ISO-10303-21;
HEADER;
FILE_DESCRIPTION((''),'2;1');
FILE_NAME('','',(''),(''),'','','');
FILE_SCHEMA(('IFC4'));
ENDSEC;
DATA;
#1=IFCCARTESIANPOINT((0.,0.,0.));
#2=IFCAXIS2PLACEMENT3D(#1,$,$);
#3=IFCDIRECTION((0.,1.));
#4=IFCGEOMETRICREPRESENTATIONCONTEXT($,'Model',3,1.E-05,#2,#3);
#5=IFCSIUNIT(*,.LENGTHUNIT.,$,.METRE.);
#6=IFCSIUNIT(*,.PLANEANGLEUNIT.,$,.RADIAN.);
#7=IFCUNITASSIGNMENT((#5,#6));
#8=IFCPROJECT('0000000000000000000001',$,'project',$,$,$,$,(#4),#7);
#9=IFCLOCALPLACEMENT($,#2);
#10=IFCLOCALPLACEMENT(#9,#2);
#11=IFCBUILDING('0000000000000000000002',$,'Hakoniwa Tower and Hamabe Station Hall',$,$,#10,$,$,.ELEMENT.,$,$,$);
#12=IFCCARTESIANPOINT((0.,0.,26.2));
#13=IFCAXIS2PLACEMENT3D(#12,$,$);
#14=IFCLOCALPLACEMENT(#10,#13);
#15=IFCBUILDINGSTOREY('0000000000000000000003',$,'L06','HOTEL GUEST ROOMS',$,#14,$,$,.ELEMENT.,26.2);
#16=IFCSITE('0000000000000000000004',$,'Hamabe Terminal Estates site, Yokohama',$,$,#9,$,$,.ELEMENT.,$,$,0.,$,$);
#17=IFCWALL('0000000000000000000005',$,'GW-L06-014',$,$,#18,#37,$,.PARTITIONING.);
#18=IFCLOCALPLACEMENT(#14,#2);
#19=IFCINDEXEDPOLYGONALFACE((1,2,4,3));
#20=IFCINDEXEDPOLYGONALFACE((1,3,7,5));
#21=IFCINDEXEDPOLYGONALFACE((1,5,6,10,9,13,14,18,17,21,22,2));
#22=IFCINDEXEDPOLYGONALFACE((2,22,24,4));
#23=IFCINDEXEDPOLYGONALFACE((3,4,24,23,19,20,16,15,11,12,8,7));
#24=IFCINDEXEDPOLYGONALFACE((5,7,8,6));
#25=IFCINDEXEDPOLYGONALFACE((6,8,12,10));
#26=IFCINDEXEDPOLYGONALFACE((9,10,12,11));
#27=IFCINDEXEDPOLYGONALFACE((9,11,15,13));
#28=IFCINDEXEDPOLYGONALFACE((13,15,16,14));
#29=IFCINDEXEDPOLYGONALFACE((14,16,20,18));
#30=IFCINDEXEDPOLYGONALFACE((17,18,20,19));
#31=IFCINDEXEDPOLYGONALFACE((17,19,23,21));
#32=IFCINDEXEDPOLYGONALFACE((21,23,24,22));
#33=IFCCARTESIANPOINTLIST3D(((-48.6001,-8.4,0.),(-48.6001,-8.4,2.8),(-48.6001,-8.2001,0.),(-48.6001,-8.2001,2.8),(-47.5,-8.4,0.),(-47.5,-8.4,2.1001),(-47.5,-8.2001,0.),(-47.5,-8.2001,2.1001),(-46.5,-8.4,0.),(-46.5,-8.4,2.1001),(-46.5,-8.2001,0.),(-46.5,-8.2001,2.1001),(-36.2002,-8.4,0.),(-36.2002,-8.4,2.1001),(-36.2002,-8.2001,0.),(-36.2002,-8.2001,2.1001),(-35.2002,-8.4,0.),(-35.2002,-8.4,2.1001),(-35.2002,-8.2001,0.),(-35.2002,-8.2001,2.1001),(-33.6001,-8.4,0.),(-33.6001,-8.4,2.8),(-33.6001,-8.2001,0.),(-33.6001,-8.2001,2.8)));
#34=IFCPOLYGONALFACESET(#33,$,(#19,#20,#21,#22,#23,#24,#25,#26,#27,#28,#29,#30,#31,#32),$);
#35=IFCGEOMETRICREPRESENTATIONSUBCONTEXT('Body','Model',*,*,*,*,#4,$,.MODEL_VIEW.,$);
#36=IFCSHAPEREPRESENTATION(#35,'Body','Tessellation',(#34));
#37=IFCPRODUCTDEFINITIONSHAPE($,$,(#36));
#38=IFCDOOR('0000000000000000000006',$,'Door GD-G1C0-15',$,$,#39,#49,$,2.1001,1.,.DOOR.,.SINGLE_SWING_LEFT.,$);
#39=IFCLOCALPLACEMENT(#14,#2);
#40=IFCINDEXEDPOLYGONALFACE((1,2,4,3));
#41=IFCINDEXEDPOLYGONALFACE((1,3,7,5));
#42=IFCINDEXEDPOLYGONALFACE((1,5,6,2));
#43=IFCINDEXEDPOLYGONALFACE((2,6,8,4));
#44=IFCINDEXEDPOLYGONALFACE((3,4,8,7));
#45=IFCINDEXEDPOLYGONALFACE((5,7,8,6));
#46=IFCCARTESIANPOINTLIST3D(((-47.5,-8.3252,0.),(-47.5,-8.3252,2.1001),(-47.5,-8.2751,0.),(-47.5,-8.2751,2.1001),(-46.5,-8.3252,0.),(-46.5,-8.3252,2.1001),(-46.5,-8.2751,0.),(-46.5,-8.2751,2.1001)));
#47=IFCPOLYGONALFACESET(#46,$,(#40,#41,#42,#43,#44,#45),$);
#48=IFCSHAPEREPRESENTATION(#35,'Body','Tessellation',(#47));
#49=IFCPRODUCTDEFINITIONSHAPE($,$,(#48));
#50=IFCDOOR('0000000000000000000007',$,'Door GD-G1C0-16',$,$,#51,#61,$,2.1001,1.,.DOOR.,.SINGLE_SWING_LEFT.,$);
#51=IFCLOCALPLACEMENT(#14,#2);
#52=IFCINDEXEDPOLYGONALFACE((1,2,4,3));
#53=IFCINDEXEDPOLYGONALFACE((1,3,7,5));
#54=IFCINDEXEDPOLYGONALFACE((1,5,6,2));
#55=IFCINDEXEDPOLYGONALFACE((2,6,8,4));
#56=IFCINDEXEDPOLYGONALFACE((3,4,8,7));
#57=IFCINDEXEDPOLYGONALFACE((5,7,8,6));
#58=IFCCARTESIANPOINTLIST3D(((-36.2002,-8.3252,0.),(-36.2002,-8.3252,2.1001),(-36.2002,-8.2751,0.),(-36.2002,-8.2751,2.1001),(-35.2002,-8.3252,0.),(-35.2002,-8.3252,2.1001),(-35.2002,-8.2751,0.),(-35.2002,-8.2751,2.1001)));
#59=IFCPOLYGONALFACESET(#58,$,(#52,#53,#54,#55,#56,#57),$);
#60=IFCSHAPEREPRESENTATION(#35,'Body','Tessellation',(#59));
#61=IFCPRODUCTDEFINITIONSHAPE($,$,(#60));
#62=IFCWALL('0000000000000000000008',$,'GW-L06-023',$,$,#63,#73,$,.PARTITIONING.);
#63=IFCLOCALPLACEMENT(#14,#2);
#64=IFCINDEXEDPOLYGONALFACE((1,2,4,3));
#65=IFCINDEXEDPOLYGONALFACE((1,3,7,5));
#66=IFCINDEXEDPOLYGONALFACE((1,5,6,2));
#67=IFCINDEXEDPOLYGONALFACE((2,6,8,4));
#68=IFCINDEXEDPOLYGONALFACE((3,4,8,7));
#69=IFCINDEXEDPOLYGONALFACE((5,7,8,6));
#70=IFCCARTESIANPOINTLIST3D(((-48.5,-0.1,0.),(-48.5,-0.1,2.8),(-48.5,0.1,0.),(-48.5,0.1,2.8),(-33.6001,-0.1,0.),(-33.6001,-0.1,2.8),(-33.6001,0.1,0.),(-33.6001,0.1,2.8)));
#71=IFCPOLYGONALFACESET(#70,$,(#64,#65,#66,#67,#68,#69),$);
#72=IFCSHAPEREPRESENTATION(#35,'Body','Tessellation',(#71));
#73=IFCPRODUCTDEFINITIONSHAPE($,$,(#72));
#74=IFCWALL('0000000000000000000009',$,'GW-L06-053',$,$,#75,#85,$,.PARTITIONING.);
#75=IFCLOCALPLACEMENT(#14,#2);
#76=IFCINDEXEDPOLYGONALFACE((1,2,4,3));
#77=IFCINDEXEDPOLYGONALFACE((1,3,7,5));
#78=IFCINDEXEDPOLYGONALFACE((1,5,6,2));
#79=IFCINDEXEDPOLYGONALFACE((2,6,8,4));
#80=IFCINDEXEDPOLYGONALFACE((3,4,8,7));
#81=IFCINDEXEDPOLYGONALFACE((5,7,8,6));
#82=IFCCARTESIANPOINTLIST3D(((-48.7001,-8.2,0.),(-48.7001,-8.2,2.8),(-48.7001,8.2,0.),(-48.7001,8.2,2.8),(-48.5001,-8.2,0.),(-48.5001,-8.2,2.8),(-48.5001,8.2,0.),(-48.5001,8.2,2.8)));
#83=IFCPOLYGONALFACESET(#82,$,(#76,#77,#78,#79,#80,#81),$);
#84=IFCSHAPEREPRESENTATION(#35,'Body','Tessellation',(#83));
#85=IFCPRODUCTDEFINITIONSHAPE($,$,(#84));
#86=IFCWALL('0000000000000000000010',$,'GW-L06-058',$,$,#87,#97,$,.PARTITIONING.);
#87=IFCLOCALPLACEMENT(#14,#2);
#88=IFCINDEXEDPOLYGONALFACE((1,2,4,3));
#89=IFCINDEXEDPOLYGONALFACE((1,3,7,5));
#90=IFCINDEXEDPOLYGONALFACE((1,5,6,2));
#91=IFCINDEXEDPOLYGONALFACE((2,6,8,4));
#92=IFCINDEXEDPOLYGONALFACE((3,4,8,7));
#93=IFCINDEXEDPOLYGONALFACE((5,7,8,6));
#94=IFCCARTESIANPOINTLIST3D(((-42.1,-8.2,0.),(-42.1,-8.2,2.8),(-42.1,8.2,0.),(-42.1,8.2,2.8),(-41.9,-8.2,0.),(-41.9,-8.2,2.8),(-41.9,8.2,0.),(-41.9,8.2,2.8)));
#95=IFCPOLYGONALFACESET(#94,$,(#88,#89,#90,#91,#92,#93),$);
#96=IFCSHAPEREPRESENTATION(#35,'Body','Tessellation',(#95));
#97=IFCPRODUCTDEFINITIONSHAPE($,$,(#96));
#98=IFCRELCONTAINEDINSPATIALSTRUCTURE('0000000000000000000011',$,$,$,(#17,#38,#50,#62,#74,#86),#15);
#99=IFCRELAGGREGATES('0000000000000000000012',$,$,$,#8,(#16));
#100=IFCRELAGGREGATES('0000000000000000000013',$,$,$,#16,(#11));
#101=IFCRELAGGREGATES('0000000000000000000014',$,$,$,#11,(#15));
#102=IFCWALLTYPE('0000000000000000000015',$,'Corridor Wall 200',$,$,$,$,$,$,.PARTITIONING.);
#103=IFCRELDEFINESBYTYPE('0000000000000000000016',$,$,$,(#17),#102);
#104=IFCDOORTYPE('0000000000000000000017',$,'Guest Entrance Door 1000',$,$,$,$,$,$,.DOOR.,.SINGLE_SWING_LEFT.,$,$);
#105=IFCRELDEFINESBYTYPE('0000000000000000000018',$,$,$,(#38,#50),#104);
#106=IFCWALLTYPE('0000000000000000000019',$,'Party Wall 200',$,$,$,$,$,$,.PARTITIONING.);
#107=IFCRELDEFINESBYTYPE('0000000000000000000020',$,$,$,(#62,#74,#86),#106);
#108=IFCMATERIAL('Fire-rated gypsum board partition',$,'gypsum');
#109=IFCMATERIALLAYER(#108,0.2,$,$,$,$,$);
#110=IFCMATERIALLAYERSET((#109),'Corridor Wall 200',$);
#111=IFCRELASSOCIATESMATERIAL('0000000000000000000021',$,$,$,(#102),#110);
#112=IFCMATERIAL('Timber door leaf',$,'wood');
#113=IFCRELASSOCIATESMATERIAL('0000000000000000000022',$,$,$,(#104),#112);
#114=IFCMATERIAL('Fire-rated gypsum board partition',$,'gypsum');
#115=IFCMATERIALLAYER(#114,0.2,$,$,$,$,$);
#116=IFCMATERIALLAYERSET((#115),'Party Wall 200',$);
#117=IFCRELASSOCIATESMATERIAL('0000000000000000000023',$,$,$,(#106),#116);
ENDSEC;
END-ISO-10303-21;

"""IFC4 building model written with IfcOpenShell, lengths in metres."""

from ifc_helpers import new_model, si_unit, direction, frame, frame_2d, origin, place, context, subcontext, project, spatial, rectangle, extrude, material, layer, layer_set, type_object, element, fill, save


model = new_model("IFC4")

# Units and contexts
model_context = context("Model", 3, precision=1e-05, world=origin(), true_north=direction((0.0, 1.0)))
body_context = subcontext(model_context, "Body", "Model", "MODEL_VIEW")
ifc_project = project(units=[si_unit("LENGTHUNIT", "METRE"), si_unit("PLANEANGLEUNIT", "RADIAN")], contexts=[model_context])

# Site, building, storey
site_placement = place(None, origin())
site = spatial("IfcSite", under=ifc_project, at=site_placement, Name="Hamabe Terminal Estates site, Yokohama", CompositionType="ELEMENT", RefElevation=0.0)
building_placement = place(site_placement, origin())
building = spatial("IfcBuilding", under=site, at=building_placement, Name="Hakoniwa Tower and Hamabe Station Hall", CompositionType="ELEMENT")
storey_placement = place(building_placement, frame((0.0, 0.0, 26.2)))
storey = spatial("IfcBuildingStorey", under=building, at=storey_placement, Name="L06", Description="HOTEL GUEST ROOMS", CompositionType="ELEMENT", Elevation=26.2)

# Wall, openings, doors
ifc_material_1 = material(Name="Fire-rated gypsum board partition", Category="gypsum")
ifc_layer_1 = layer(ifc_material_1, 0.2)
ifc_layer_set_1 = layer_set([ifc_layer_1], Name="Corridor Wall 200")
wall_type_1 = type_object("IfcWallType", Name="Corridor Wall 200", PredefinedType="PARTITIONING", material=ifc_layer_set_1)
wall_1_placement = place(storey_placement, frame((-48.6001, -8.3, 0.0), z_axis=(0.0, 0.0, 1.0), x_axis=(1.0, 0.0, 0.0)))
wall_1 = element("IfcWall", 1, at=wall_1_placement, inside=storey, type_object=wall_type_1, Name="GW-L06-014", PredefinedType="PARTITIONING", context=body_context, shape_type="SweptSolid", body=[
    extrude(rectangle(XDim=15.0, YDim=0.2, at=frame_2d((7.5, 0.0))), origin(), (0.0, 0.0, 1.0), 2.8),
])
opening_1_placement = place(wall_1_placement, frame((1.1001, 0.0, 0.0)))
opening_1 = element("IfcOpeningElement", 2, at=opening_1_placement, cuts=wall_1, PredefinedType="OPENING", context=body_context, shape_type="SweptSolid", body=[
    extrude(rectangle(XDim=1.0, YDim=2.1001, at=frame_2d((0.5, 1.05))), frame((0.0, 0.1099, 0.0), z_axis=(0.0, -1.0, 0.0), x_axis=(1.0, 0.0, 0.0)), (0.0, 0.0, 1.0), 0.22),
])
opening_2_placement = place(wall_1_placement, frame((12.3999, 0.0, 0.0)))
opening_2 = element("IfcOpeningElement", 3, at=opening_2_placement, cuts=wall_1, PredefinedType="OPENING", context=body_context, shape_type="SweptSolid", body=[
    extrude(rectangle(XDim=1.0, YDim=2.1001, at=frame_2d((0.5, 1.05))), frame((0.0, 0.1099, 0.0), z_axis=(0.0, -1.0, 0.0), x_axis=(1.0, 0.0, 0.0)), (0.0, 0.0, 1.0), 0.22),
])
ifc_material_2 = material(Name="Timber door leaf", Category="wood")
door_type_1 = type_object("IfcDoorType", Name="Guest Entrance Door 1000", OperationType="SINGLE_SWING_LEFT", PredefinedType="DOOR", material=ifc_material_2)
door_1_placement = place(opening_1_placement, origin())
door_1 = element("IfcDoor", 4, at=door_1_placement, inside=storey, type_object=door_type_1, Name="Door GD-G1C0-15", OperationType="SINGLE_SWING_LEFT", OverallHeight=2.1001, OverallWidth=1.0, PredefinedType="DOOR", context=body_context, shape_type="SweptSolid", body=[
    extrude(rectangle(XDim=1.0, YDim=2.1001, at=frame_2d((0.5, 1.05))), frame((0.0, 0.0249, 0.0), z_axis=(0.0, -1.0, 0.0), x_axis=(1.0, 0.0, 0.0)), (0.0, 0.0, 1.0), 0.05),
])
fill(opening_1, door_1)
door_2_placement = place(opening_2_placement, origin())
door_2 = element("IfcDoor", 5, at=door_2_placement, inside=storey, type_object=door_type_1, Name="Door GD-G1C0-16", OperationType="SINGLE_SWING_LEFT", OverallHeight=2.1001, OverallWidth=1.0, PredefinedType="DOOR", context=body_context, shape_type="SweptSolid", body=[
    extrude(rectangle(XDim=1.0, YDim=2.1001, at=frame_2d((0.5, 1.05))), frame((0.0, 0.0249, 0.0), z_axis=(0.0, -1.0, 0.0), x_axis=(1.0, 0.0, 0.0)), (0.0, 0.0, 1.0), 0.05),
])
fill(opening_2, door_2)

# Walls
ifc_material_3 = material(Name="Fire-rated gypsum board partition", Category="gypsum")
ifc_layer_2 = layer(ifc_material_3, 0.2)
ifc_layer_set_2 = layer_set([ifc_layer_2], Name="Party Wall 200")
wall_type_2 = type_object("IfcWallType", Name="Party Wall 200", PredefinedType="PARTITIONING", material=ifc_layer_set_2)
wall_2_placement = place(storey_placement, frame((-48.5, 0.0, 0.0), z_axis=(0.0, 0.0, 1.0), x_axis=(1.0, 0.0, 0.0)))
element("IfcWall", 6, at=wall_2_placement, inside=storey, type_object=wall_type_2, Name="GW-L06-023", PredefinedType="PARTITIONING", context=body_context, shape_type="SweptSolid", body=[
    extrude(rectangle(XDim=14.8999, YDim=0.2, at=frame_2d((7.45, 0.0))), origin(), (0.0, 0.0, 1.0), 2.8),
])
for number, where, z_axis, x_axis, name in (
    (7, (-48.6001, -8.2, 0.0), (0.0, 0.0, 1.0), (0.0, 1.0, 0.0), "GW-L06-053"),
    (8, (-42.0, -8.2, 0.0), (0.0, 0.0, 1.0), (0.0, 1.0, 0.0), "GW-L06-058"),
):
    element("IfcWall", number, at=place(storey_placement, frame(where, z_axis=z_axis, x_axis=x_axis)), inside=storey, type_object=wall_type_2, Name=name, PredefinedType="PARTITIONING", context=body_context, shape_type="SweptSolid", body=[
        extrude(rectangle(XDim=16.3999, YDim=0.2, at=frame_2d((8.2, 0.0))), origin(), (0.0, 0.0, 1.0), 2.8),
    ])

save(model, "model.ifc")
